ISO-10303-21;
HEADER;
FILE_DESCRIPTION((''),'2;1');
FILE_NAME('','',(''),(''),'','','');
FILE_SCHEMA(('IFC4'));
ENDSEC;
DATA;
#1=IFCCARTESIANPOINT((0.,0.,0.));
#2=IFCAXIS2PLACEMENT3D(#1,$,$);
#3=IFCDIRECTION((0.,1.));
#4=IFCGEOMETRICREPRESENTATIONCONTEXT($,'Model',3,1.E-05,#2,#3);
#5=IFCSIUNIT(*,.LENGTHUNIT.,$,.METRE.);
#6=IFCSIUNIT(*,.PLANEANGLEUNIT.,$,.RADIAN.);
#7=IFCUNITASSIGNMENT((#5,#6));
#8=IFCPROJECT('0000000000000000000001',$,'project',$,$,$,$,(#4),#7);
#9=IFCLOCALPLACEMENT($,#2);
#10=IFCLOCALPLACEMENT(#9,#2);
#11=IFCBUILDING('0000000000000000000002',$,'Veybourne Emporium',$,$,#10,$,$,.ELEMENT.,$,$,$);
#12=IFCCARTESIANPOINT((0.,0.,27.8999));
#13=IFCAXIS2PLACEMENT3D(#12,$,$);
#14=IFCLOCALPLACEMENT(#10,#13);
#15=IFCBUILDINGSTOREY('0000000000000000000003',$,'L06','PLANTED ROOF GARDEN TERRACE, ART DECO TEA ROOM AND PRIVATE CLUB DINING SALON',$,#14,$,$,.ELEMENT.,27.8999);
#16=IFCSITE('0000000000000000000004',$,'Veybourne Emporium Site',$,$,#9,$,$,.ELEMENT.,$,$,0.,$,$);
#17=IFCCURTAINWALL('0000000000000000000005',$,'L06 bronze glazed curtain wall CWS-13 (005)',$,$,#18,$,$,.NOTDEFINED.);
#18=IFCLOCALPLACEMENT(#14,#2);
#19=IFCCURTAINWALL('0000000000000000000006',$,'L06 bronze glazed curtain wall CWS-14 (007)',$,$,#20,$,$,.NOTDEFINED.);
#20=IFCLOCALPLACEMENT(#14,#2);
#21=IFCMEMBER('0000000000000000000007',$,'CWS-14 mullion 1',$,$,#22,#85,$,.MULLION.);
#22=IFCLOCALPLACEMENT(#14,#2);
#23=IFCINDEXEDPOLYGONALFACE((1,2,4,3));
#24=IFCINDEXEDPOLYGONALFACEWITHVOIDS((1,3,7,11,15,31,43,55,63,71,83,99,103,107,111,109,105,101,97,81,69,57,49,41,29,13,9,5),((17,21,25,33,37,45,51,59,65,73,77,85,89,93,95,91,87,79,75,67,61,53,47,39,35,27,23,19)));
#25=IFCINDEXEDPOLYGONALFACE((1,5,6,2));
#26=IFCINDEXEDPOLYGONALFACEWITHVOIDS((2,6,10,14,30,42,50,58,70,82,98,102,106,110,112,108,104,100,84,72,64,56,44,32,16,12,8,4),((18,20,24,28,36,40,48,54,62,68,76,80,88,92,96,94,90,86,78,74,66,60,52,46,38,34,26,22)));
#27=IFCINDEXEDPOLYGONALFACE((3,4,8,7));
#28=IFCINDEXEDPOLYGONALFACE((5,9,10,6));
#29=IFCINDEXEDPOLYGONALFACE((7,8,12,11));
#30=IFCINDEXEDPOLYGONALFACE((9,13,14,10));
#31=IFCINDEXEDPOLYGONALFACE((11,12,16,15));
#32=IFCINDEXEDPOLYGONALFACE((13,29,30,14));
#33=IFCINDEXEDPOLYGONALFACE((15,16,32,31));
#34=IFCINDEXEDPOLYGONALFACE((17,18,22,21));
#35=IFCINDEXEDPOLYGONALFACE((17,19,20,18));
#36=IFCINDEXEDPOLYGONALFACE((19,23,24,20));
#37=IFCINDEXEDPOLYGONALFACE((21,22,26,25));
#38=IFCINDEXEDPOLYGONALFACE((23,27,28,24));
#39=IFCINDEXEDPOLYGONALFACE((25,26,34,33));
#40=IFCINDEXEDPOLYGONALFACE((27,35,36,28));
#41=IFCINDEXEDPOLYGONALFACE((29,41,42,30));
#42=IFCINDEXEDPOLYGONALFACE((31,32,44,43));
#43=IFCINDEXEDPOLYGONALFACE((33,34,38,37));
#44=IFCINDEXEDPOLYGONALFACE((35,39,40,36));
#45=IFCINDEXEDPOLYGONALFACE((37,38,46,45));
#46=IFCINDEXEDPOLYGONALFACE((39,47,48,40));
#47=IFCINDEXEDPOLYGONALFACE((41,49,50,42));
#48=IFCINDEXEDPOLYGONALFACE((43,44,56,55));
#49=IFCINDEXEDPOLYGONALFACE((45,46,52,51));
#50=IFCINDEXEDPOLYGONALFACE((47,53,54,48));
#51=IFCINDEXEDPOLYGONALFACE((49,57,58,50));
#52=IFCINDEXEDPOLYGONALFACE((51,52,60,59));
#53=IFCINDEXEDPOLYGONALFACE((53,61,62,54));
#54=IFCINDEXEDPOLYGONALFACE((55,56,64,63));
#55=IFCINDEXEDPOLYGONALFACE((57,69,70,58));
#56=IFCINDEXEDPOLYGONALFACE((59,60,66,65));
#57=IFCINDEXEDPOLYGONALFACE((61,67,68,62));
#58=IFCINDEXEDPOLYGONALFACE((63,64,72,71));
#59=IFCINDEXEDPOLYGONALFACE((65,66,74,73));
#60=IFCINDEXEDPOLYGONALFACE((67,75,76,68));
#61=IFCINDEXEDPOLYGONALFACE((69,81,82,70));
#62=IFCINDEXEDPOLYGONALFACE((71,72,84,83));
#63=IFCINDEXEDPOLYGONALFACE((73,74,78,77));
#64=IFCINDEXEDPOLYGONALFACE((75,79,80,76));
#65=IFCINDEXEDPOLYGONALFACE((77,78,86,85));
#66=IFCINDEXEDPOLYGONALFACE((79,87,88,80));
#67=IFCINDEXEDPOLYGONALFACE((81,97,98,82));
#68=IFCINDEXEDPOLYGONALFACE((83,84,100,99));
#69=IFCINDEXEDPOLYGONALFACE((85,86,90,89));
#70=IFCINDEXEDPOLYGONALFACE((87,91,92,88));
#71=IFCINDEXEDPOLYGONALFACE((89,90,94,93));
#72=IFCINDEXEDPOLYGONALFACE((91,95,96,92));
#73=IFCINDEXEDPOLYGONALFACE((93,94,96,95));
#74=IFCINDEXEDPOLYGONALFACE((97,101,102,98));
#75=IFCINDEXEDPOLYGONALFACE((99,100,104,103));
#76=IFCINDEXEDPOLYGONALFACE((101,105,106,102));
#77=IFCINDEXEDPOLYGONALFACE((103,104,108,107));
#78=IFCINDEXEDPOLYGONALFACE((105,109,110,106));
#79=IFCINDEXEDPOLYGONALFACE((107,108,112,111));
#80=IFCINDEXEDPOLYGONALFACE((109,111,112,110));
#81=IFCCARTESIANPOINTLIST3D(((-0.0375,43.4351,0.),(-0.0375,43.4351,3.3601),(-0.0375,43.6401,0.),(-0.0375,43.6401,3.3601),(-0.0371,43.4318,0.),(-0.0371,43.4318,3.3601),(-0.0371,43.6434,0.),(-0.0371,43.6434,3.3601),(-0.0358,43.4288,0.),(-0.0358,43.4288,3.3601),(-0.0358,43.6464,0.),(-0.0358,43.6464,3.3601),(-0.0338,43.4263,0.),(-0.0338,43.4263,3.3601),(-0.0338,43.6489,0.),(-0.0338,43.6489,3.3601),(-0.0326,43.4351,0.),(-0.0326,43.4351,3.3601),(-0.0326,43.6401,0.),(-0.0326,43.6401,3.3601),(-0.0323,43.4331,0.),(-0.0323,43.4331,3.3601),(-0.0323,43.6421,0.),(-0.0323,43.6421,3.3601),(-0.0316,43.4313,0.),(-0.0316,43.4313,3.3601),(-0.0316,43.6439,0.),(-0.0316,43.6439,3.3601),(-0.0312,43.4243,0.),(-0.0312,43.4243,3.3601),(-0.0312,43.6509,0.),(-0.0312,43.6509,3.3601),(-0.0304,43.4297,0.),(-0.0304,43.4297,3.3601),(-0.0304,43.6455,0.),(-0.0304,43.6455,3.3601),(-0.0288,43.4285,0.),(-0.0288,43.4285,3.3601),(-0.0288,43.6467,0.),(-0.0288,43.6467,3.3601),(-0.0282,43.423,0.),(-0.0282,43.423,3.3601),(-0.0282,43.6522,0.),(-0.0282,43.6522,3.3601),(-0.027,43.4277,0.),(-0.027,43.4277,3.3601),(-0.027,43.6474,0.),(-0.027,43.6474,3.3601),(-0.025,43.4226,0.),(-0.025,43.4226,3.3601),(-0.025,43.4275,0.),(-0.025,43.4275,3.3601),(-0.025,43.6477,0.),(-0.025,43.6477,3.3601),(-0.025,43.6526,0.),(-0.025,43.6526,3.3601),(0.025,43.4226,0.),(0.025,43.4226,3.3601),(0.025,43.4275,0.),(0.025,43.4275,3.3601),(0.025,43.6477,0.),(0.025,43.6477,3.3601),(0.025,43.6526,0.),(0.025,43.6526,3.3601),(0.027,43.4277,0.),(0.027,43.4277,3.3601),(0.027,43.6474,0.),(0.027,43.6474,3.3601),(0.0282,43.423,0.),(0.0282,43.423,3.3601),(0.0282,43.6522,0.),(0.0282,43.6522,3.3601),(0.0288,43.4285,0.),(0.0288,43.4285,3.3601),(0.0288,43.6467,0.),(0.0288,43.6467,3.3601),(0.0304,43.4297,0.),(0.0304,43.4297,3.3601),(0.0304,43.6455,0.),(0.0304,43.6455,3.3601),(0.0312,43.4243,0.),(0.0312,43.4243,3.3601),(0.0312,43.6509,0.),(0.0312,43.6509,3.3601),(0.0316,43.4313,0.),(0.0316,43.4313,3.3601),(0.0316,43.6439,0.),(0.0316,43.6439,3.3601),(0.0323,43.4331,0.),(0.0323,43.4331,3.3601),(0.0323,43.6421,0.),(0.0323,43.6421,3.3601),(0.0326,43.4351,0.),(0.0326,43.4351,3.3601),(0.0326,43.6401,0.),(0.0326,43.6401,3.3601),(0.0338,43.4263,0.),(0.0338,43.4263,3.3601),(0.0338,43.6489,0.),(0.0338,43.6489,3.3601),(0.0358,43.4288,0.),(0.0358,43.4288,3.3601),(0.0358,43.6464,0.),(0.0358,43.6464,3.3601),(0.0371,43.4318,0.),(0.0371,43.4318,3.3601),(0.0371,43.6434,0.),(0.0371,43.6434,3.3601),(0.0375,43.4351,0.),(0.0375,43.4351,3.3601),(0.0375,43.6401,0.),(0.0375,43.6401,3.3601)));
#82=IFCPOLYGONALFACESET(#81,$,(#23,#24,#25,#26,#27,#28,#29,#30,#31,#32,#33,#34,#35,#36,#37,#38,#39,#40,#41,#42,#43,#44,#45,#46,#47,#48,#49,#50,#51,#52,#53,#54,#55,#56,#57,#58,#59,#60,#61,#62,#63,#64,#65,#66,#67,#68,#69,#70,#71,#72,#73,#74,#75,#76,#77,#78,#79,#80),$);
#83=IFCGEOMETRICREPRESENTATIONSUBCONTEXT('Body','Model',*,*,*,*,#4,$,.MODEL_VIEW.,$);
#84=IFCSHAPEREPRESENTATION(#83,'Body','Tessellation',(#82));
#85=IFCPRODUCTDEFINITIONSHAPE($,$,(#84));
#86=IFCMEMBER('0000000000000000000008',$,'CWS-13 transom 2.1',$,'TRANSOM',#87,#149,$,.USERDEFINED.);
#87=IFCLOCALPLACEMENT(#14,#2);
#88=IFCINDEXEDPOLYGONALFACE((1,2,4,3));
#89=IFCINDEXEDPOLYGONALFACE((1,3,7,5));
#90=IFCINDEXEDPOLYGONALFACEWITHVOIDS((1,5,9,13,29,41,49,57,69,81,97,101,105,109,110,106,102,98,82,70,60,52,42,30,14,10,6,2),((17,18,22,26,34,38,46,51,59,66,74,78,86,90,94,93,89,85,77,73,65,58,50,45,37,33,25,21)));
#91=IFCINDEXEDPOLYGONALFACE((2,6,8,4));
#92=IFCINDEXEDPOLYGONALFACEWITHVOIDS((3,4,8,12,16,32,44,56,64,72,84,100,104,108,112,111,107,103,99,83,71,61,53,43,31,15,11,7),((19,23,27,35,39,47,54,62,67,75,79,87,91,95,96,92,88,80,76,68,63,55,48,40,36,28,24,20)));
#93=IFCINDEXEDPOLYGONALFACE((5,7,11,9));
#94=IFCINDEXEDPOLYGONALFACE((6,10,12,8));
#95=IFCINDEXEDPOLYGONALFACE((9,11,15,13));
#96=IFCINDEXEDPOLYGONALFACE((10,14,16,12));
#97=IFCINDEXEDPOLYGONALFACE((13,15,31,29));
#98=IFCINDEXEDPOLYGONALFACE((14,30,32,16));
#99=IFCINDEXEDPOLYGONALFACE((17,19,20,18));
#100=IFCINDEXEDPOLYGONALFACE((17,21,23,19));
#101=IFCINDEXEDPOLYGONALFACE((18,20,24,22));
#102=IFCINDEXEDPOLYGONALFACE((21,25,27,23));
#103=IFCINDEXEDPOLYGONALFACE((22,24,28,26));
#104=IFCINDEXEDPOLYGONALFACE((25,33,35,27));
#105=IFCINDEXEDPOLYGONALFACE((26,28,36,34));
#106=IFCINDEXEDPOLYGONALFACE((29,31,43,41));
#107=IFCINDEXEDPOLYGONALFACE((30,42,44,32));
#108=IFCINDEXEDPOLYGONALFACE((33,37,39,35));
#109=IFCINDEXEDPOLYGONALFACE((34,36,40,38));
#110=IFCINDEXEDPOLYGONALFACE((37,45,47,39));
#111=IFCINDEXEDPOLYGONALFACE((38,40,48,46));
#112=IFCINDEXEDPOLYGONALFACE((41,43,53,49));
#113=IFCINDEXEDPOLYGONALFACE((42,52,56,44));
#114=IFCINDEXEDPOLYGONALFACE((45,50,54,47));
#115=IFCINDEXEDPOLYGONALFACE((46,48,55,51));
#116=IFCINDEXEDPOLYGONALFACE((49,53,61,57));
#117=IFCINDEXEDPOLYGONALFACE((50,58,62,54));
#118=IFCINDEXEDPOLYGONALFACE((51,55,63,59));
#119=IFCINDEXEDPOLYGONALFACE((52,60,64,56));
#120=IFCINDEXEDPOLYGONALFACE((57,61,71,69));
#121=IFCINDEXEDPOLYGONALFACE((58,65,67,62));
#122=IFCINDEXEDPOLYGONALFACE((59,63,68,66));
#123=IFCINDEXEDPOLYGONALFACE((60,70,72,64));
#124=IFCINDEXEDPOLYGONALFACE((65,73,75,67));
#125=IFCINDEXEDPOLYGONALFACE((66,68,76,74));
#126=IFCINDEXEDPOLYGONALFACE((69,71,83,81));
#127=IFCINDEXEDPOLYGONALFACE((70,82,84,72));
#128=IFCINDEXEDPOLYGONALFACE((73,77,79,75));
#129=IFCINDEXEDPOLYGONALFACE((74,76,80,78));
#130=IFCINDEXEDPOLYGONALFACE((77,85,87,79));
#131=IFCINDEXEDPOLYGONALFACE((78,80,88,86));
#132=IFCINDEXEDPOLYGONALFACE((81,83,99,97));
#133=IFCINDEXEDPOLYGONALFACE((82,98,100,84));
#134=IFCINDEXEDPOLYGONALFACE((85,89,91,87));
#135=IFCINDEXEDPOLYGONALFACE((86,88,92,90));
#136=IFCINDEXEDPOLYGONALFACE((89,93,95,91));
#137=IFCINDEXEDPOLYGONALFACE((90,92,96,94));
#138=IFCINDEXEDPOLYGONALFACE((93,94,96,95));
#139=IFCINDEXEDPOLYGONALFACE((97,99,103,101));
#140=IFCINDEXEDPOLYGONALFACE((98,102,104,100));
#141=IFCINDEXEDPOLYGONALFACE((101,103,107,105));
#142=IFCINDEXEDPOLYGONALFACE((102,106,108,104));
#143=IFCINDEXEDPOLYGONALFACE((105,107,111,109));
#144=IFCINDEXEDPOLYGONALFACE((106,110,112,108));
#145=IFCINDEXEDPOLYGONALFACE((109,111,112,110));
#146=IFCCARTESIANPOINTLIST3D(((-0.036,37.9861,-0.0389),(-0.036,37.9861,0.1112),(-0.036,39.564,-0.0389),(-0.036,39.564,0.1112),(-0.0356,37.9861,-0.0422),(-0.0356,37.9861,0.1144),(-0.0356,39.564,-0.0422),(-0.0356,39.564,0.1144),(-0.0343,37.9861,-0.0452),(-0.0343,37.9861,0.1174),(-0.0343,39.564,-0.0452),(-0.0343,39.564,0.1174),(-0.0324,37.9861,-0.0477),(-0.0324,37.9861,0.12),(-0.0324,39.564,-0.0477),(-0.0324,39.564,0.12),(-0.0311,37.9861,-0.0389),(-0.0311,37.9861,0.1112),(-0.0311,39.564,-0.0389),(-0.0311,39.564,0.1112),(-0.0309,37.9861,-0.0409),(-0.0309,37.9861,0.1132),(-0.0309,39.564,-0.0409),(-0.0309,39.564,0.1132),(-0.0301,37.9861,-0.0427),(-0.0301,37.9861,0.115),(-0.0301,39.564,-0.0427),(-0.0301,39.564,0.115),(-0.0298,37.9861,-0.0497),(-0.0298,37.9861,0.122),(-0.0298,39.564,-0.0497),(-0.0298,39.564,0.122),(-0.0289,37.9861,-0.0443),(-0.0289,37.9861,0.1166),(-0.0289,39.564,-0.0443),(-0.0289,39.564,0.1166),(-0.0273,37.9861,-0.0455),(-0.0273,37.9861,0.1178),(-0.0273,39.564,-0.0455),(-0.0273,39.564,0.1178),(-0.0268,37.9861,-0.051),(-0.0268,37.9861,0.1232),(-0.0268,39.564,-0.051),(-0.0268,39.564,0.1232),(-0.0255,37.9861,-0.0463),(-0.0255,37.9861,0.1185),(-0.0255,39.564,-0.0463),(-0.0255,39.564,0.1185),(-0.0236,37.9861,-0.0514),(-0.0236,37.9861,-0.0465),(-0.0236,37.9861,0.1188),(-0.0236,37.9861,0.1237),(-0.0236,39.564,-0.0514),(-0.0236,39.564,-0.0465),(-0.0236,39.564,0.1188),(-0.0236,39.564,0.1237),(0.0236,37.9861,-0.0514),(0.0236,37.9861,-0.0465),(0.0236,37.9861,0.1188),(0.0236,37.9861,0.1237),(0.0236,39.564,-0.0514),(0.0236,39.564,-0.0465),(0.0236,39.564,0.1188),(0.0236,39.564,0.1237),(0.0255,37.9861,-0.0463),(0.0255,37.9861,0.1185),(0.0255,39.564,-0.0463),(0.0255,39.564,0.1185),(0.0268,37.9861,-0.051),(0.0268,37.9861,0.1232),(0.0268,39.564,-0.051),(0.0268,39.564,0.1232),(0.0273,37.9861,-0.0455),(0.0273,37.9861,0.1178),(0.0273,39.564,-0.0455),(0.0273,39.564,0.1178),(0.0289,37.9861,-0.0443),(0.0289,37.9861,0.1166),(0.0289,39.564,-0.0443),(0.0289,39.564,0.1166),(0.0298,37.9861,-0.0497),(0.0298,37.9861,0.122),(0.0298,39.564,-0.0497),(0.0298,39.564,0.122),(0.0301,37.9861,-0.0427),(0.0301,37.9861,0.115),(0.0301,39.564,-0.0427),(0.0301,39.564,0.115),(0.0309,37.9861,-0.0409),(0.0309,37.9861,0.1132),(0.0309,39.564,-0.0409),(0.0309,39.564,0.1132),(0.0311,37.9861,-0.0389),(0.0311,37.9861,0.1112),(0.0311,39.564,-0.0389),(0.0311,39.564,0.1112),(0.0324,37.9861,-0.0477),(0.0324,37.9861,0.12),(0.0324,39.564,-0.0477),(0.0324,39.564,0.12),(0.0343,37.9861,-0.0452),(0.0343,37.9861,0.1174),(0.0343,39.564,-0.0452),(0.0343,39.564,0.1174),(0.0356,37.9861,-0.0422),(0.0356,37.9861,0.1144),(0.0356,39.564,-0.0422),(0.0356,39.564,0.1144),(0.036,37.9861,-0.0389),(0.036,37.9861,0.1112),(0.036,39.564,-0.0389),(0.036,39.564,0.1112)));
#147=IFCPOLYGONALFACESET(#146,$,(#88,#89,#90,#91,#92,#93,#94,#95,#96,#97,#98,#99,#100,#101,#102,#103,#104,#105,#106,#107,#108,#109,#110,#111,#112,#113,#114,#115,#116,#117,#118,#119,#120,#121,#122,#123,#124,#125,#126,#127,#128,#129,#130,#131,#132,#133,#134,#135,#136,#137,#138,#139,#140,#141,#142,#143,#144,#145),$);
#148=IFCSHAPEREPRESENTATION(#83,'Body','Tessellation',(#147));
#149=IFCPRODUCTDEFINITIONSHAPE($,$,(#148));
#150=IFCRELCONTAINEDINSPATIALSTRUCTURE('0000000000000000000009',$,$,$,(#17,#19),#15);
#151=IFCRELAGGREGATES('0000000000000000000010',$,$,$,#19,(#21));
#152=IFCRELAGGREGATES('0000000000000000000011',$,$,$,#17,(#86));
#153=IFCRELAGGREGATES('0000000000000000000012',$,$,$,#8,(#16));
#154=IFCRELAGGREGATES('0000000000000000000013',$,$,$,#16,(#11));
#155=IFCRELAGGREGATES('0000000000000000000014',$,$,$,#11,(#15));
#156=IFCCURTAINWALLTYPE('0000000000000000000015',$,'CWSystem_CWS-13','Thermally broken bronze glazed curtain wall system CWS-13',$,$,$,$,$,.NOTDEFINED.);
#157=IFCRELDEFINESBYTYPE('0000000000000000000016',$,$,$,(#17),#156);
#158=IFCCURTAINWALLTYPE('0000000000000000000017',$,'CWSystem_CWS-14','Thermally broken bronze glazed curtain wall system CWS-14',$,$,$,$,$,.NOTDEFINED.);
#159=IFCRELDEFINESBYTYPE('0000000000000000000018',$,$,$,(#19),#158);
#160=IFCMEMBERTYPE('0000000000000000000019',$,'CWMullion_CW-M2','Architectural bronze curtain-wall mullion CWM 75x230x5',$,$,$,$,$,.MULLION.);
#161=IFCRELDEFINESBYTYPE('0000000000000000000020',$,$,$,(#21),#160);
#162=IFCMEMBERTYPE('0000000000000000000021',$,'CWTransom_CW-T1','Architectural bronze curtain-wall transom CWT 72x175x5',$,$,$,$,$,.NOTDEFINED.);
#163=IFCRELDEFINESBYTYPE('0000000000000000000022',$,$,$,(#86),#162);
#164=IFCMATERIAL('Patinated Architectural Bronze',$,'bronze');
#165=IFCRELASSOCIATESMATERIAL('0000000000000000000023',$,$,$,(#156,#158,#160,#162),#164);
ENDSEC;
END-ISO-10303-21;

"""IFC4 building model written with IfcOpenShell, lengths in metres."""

from ifc_helpers import new_model, si_unit, direction, frame, origin, origin_2d, place, context, subcontext, project, spatial, hollow_rectangle, extrude, material, material_profile, profile_set, type_object, element, aggregate, save


model = new_model("IFC4")

# Units and contexts
model_context = context("Model", 3, precision=1e-05, world=origin(), true_north=direction((0.0, 1.0)))
body_context = subcontext(model_context, "Body", "Model", "MODEL_VIEW")
ifc_project = project(units=[si_unit("LENGTHUNIT", "METRE"), si_unit("PLANEANGLEUNIT", "RADIAN")], contexts=[model_context])

# Site, building, storey
site_placement = place(None, origin())
site = spatial("IfcSite", under=ifc_project, at=site_placement, Name="Veybourne Emporium Site", CompositionType="ELEMENT", RefElevation=0.0)
building_placement = place(site_placement, origin())
building = spatial("IfcBuilding", under=site, at=building_placement, Name="Veybourne Emporium", CompositionType="ELEMENT")
storey_placement = place(building_placement, frame((0.0, 0.0, 27.8999)))
storey = spatial("IfcBuildingStorey", under=building, at=storey_placement, Name="L06", Description="PLANTED ROOF GARDEN TERRACE, ART DECO TEA ROOM AND PRIVATE CLUB DINING SALON", CompositionType="ELEMENT", Elevation=27.8999)

# Curtain wall
ifc_material_1 = material(Name="Patinated Architectural Bronze", Category="bronze")
curtain_wall_type_1 = type_object("IfcCurtainWallType", Name="CWSystem_CWS-13", Description="Thermally broken bronze glazed curtain wall system CWS-13", PredefinedType="NOTDEFINED", material=ifc_material_1)
curtain_wall_1_placement = place(storey_placement, origin())
curtain_wall_1 = element("IfcCurtainWall", 1, at=curtain_wall_1_placement, inside=storey, type_object=curtain_wall_type_1, Name="L06 bronze glazed curtain wall CWS-13 (005)", PredefinedType="NOTDEFINED")

# Curtain wall, member
curtain_wall_type_2 = type_object("IfcCurtainWallType", Name="CWSystem_CWS-14", Description="Thermally broken bronze glazed curtain wall system CWS-14", PredefinedType="NOTDEFINED", material=ifc_material_1)
curtain_wall_2_placement = place(storey_placement, origin())
curtain_wall_2 = element("IfcCurtainWall", 2, at=curtain_wall_2_placement, inside=storey, type_object=curtain_wall_type_2, Name="L06 bronze glazed curtain wall CWS-14 (007)", PredefinedType="NOTDEFINED")
ifc_material_profile_1 = material_profile(ifc_material_1, hollow_rectangle(XDim=0.075, YDim=0.23, WallThickness=0.0049, InnerFilletRadius=0.0076, OuterFilletRadius=0.0125, at=origin_2d()), Name="CWM 75x230x5")
ifc_profile_set_1 = profile_set([ifc_material_profile_1], Name="Patinated Architectural Bronze")
member_type_1 = type_object("IfcMemberType", Name="CWMullion_CW-M2", Description="Architectural bronze curtain-wall mullion CWM 75x230x5", PredefinedType="MULLION", material=ifc_profile_set_1)
member_1_placement = place(storey_placement, frame((0.0, 43.5376, 0.0), z_axis=(0.0, 0.0, 1.0), x_axis=(-1.0, 0.0, 0.0)))
member_1 = element("IfcMember", 3, at=member_1_placement, type_object=member_type_1, Name="CWS-14 mullion 1", PredefinedType="MULLION", context=body_context, shape_type="SweptSolid", body=[
    extrude(hollow_rectangle(XDim=0.075, YDim=0.23, WallThickness=0.0049, InnerFilletRadius=0.0076, OuterFilletRadius=0.0125, at=origin_2d()), origin(), (0.0, 0.0, 1.0), 3.3601),
])
aggregate(curtain_wall_2, [member_1])

# Member
ifc_material_profile_2 = material_profile(ifc_material_1, hollow_rectangle(XDim=0.072, YDim=0.175, WallThickness=0.0049, InnerFilletRadius=0.0076, OuterFilletRadius=0.0125, at=origin_2d()), Name="CWT 72x175x5")
ifc_profile_set_2 = profile_set([ifc_material_profile_2], Name="Patinated Architectural Bronze")
member_type_2 = type_object("IfcMemberType", Name="CWTransom_CW-T1", Description="Architectural bronze curtain-wall transom CWT 72x175x5", PredefinedType="NOTDEFINED", material=ifc_profile_set_2)
member_2_placement = place(storey_placement, frame((0.0, 37.9861, 0.0361), z_axis=(0.0, 1.0, 0.0), x_axis=(-1.0, 0.0, 0.0)))
member_2 = element("IfcMember", 4, at=member_2_placement, type_object=member_type_2, Name="CWS-13 transom 2.1", ObjectType="TRANSOM", PredefinedType="USERDEFINED", context=body_context, shape_type="SweptSolid", body=[
    extrude(hollow_rectangle(XDim=0.072, YDim=0.175, WallThickness=0.0049, InnerFilletRadius=0.0076, OuterFilletRadius=0.0125, at=origin_2d()), origin(), (0.0, 0.0, 1.0), 1.5779),
])

aggregate(curtain_wall_1, [member_2])

save(model, "model.ifc")
